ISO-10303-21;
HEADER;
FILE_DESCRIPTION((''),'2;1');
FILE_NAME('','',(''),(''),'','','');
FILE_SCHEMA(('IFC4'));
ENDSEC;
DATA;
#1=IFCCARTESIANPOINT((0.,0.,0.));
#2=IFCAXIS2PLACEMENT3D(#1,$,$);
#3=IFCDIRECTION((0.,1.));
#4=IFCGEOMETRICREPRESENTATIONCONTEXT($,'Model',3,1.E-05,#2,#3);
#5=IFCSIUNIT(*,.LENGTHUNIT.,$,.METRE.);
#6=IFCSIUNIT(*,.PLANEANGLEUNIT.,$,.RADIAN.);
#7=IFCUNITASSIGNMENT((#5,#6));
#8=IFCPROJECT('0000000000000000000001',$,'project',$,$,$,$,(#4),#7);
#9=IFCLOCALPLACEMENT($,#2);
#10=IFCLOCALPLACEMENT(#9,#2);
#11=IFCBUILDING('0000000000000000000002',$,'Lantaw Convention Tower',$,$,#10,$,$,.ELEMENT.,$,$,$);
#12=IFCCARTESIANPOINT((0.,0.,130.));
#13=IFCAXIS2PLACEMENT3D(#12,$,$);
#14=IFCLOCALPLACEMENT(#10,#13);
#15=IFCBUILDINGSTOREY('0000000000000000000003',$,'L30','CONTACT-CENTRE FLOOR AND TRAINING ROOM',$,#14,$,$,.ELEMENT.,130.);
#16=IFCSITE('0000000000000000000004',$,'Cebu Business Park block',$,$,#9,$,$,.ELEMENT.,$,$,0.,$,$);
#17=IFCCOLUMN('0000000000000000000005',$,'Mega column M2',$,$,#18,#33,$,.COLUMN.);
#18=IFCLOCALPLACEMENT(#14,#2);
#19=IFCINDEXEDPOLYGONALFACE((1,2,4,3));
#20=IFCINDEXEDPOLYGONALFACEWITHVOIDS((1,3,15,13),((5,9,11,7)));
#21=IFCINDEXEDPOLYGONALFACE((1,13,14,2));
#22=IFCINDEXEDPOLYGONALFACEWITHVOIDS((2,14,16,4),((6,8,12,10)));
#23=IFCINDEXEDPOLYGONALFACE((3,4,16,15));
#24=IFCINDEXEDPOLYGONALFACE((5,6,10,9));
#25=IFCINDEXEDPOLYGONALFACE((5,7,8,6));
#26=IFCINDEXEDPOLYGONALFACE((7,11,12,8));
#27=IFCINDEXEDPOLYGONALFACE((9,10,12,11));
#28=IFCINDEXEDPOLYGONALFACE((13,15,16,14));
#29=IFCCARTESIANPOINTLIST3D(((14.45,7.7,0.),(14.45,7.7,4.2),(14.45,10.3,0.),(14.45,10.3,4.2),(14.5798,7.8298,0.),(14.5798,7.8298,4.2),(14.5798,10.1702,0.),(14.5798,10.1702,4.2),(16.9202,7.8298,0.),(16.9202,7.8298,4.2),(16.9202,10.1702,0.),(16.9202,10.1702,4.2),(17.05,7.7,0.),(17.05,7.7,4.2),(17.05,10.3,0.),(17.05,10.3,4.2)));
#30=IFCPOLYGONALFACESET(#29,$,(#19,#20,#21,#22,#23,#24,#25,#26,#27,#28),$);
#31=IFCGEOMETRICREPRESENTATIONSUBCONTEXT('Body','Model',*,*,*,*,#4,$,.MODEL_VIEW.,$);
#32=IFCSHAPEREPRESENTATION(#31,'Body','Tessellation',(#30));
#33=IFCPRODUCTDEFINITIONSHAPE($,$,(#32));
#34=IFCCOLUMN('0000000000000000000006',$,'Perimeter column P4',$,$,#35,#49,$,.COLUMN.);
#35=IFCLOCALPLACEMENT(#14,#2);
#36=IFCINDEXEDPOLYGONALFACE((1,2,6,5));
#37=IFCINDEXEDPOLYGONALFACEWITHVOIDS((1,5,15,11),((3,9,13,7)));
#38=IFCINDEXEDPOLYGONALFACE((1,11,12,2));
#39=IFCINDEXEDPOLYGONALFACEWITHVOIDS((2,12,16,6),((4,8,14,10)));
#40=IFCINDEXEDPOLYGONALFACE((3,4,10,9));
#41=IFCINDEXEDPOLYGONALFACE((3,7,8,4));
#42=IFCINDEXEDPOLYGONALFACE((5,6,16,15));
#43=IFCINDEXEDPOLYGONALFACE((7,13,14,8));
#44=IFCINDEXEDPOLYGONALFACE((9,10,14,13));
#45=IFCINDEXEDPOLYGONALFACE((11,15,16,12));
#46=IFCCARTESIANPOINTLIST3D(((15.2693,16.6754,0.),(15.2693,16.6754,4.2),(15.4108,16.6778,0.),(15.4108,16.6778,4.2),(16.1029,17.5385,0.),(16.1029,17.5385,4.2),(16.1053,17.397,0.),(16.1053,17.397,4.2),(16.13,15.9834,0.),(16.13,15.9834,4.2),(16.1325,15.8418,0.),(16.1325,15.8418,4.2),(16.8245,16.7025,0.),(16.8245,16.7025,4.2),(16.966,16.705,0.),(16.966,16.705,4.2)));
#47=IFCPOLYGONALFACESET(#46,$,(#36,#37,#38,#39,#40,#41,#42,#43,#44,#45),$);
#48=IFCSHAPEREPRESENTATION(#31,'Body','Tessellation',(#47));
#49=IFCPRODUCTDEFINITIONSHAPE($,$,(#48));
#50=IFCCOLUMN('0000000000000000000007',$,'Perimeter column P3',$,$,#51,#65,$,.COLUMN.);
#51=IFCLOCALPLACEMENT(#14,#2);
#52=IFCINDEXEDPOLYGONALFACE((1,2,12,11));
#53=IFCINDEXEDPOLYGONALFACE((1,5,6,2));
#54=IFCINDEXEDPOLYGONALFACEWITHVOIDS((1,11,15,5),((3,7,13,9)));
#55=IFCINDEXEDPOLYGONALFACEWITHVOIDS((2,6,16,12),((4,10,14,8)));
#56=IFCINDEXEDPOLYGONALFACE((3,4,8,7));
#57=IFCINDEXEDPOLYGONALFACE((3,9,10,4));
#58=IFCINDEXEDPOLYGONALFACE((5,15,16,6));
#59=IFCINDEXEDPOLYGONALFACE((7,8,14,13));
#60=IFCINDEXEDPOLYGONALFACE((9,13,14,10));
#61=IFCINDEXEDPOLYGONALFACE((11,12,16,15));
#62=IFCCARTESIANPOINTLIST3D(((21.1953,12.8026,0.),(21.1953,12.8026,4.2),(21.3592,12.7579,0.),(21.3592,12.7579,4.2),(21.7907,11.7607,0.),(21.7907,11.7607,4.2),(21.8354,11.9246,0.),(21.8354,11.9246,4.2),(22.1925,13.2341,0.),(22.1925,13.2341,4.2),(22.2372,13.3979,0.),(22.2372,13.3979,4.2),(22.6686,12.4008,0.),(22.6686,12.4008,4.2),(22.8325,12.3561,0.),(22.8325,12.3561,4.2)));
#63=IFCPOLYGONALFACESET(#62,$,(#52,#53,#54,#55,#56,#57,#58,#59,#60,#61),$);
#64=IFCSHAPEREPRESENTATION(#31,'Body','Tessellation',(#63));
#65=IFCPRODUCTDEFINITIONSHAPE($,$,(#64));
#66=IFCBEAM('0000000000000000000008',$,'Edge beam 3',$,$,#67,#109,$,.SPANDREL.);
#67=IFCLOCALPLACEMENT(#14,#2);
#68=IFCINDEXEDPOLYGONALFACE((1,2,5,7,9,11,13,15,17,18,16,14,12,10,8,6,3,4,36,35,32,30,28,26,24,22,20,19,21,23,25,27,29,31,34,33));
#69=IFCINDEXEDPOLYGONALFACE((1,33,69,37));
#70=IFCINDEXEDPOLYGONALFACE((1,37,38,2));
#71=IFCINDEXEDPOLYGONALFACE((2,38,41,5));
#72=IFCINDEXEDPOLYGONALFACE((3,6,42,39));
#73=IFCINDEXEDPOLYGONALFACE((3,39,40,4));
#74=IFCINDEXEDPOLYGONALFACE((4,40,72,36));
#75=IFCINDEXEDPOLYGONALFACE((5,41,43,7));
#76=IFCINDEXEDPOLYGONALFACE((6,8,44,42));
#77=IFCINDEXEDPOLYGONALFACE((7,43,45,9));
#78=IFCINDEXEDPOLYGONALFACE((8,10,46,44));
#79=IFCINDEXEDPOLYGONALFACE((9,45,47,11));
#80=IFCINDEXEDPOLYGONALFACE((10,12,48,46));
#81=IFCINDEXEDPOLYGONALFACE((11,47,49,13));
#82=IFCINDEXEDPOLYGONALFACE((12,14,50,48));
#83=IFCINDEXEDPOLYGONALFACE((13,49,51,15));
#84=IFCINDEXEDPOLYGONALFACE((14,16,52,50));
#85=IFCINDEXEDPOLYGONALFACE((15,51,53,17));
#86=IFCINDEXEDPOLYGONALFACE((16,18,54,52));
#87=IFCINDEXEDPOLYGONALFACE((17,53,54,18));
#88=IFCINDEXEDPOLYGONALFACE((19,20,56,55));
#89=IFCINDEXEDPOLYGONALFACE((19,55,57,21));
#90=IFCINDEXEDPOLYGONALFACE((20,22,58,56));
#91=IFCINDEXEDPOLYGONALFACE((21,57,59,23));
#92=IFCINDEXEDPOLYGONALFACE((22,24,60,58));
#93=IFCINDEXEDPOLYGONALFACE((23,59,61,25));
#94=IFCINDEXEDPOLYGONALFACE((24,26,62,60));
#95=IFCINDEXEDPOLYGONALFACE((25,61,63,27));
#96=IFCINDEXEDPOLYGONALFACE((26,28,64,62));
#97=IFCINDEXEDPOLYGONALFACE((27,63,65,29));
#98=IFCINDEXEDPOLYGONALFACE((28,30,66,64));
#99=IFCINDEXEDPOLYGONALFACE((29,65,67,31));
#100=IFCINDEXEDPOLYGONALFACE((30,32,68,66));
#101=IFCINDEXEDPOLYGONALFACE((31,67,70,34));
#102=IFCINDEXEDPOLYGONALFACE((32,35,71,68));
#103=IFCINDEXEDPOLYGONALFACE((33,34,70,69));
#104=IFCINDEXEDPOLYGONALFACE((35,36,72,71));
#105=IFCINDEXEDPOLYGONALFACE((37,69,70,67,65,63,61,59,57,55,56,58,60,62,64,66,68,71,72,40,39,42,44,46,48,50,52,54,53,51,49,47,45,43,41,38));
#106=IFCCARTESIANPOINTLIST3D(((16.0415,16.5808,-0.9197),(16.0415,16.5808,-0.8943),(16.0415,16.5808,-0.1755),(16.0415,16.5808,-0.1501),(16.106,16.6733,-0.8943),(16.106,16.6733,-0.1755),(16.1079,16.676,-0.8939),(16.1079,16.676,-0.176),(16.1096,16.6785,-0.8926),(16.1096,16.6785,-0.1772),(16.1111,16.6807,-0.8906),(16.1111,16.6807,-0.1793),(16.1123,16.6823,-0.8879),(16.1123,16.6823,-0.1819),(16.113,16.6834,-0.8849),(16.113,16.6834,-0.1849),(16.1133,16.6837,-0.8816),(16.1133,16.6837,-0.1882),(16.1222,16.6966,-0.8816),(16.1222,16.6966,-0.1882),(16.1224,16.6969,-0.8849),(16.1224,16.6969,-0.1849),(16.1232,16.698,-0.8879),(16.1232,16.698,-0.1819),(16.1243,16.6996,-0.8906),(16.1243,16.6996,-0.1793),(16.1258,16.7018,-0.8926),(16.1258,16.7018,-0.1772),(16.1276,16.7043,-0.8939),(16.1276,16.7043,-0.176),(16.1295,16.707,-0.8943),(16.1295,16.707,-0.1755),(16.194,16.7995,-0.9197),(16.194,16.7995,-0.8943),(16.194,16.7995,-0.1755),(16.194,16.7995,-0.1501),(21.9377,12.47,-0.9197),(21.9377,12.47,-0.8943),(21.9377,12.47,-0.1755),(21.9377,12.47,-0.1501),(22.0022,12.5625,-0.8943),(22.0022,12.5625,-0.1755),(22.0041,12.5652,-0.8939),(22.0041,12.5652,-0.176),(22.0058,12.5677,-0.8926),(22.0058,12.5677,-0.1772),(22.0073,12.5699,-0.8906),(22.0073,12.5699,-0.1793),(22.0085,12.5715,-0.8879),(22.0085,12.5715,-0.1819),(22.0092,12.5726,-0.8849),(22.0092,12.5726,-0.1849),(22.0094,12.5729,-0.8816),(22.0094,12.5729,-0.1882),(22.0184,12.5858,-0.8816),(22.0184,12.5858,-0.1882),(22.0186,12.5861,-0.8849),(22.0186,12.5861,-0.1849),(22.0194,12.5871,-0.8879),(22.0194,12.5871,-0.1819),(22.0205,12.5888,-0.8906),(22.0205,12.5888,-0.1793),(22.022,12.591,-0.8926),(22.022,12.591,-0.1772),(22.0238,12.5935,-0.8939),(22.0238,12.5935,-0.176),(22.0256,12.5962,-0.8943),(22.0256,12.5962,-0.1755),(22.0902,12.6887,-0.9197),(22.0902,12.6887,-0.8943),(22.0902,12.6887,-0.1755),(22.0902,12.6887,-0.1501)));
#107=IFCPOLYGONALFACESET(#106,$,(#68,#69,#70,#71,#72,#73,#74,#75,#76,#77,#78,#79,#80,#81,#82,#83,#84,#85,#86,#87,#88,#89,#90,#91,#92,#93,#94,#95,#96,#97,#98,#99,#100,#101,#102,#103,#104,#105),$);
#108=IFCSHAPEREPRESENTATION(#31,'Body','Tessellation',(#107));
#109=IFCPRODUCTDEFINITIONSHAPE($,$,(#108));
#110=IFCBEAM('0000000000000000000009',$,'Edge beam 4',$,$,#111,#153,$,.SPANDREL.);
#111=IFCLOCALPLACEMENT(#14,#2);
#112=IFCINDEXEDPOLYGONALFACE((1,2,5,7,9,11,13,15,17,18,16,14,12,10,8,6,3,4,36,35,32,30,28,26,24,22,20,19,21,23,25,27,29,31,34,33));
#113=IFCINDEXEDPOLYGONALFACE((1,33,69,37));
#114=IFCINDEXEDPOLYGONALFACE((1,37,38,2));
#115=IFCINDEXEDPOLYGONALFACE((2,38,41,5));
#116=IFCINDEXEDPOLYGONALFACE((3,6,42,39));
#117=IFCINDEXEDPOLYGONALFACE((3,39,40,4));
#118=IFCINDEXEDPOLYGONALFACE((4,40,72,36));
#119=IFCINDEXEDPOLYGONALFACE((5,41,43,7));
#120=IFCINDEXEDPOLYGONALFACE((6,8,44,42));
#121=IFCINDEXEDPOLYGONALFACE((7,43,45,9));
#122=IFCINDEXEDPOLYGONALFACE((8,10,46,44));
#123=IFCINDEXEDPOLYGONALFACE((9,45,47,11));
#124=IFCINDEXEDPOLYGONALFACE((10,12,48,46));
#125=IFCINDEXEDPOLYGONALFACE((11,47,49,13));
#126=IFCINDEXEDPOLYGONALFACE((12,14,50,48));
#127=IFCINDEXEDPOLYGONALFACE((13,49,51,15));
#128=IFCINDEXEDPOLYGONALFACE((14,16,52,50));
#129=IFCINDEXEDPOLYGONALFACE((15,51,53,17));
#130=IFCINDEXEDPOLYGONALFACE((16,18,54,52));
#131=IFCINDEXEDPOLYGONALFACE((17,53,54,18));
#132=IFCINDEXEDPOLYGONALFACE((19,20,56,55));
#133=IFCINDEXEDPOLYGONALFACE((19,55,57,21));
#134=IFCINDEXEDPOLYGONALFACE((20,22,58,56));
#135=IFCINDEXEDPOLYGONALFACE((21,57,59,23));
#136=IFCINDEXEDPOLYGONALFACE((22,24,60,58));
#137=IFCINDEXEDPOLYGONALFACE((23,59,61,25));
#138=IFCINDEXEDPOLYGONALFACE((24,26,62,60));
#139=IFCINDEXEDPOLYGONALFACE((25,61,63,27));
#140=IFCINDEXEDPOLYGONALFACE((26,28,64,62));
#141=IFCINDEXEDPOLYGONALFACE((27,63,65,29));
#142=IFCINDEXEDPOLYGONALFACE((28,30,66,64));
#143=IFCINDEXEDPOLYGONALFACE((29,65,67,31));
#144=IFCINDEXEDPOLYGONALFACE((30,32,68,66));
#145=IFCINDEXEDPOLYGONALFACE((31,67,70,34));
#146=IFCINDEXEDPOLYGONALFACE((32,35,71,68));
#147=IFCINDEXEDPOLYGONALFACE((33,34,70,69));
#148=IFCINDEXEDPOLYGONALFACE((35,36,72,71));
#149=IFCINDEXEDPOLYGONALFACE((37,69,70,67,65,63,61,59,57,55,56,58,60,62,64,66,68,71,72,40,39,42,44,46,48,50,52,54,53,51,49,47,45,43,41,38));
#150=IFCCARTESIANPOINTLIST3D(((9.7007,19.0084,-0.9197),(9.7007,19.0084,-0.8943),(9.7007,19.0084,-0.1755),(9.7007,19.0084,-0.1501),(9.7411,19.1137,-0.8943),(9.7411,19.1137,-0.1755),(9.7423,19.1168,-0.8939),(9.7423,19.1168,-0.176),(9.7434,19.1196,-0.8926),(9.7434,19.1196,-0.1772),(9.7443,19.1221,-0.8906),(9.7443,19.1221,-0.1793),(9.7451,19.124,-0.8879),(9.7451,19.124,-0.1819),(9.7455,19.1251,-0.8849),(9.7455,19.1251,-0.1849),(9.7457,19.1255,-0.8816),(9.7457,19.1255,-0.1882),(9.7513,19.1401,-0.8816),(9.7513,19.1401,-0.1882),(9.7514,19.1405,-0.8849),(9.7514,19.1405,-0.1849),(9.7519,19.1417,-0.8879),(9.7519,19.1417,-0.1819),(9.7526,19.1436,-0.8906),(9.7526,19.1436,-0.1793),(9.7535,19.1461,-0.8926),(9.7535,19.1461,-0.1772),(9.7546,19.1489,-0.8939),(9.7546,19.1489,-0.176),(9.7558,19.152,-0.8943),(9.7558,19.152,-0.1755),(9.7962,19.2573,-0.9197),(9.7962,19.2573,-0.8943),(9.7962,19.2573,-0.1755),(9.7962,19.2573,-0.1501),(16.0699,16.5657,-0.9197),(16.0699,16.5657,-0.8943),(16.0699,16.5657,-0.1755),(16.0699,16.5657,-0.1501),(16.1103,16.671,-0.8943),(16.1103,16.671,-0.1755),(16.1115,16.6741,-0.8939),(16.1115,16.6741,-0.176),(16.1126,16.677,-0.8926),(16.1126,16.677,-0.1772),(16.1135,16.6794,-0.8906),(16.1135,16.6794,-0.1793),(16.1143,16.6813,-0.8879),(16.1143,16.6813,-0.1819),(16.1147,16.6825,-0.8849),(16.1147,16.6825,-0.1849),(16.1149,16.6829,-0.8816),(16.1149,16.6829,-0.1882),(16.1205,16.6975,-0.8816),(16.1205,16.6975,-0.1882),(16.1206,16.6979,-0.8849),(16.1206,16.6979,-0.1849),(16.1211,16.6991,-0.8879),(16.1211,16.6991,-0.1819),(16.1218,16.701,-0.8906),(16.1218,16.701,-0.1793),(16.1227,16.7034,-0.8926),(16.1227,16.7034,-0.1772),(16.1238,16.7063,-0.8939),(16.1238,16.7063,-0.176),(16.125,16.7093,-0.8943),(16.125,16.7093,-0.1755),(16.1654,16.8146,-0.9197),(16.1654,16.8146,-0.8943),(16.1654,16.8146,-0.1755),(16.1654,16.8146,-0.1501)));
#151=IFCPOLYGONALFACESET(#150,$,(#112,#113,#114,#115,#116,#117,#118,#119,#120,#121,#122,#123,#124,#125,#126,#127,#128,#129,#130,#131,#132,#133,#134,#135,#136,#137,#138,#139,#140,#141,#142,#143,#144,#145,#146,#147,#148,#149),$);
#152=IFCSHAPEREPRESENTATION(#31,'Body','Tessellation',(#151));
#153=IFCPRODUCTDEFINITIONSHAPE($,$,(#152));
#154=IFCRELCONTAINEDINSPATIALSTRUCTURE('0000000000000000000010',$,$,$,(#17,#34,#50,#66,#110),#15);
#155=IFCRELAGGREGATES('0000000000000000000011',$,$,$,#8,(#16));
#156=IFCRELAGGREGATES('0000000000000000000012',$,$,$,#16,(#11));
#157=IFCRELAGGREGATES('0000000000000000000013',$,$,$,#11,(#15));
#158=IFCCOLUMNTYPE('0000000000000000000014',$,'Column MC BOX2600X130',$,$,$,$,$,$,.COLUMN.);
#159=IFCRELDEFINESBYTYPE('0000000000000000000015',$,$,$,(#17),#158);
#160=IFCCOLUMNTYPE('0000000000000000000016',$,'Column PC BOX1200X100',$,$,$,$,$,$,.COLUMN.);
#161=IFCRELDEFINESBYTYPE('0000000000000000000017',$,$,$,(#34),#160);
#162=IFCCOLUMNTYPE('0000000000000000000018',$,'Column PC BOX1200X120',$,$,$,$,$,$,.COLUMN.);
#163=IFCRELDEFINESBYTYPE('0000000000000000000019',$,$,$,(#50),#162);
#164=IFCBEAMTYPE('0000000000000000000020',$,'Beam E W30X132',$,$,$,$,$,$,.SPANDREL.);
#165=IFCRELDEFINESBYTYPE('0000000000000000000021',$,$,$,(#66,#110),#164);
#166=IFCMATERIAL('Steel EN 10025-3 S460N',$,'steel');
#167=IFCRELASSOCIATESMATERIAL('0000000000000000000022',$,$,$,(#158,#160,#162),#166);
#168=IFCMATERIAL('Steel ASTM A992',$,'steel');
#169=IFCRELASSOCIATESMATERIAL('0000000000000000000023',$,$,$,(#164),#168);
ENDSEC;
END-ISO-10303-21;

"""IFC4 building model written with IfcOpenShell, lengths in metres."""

from ifc_helpers import new_model, si_unit, direction, frame, origin, origin_2d, place, context, subcontext, project, spatial, rectangle, hollow_rectangle, i_section, extrude, material, material_profile, profile_set, type_object, element, save


model = new_model("IFC4")

# Units and contexts
model_context = context("Model", 3, precision=1e-05, world=origin(), true_north=direction((0.0, 1.0)))
body_context = subcontext(model_context, "Body", "Model", "MODEL_VIEW")
ifc_project = project(units=[si_unit("LENGTHUNIT", "METRE"), si_unit("PLANEANGLEUNIT", "RADIAN")], contexts=[model_context])

# Site, building, storey
site_placement = place(None, origin())
site = spatial("IfcSite", under=ifc_project, at=site_placement, Name="Cebu Business Park block", CompositionType="ELEMENT", RefElevation=0.0)
building_placement = place(site_placement, origin())
building = spatial("IfcBuilding", under=site, at=building_placement, Name="Lantaw Convention Tower", CompositionType="ELEMENT")
storey_placement = place(building_placement, frame((0.0, 0.0, 130.0)))
storey = spatial("IfcBuildingStorey", under=building, at=storey_placement, Name="L30", Description="CONTACT-CENTRE FLOOR AND TRAINING ROOM", CompositionType="ELEMENT", Elevation=130.0)

# Columns
ifc_material_1 = material(Name="Steel EN 10025-3 S460N", Category="steel")
ifc_material_profile_1 = material_profile(ifc_material_1, hollow_rectangle(XDim=2.6001, YDim=2.6001, WallThickness=0.1299, at=origin_2d()), Name="BOX2600X130")
ifc_material_2 = material(Name="Concrete C60/75", Category="concrete")
ifc_material_profile_2 = material_profile(ifc_material_2, rectangle(XDim=2.3401, YDim=2.3401, at=origin_2d()), Name="Concrete fill of BOX2600X130")
ifc_profile_set_1 = profile_set([ifc_material_profile_1, ifc_material_profile_2], Name="Steel EN 10025-3 S460N")
column_type_1 = type_object("IfcColumnType", Name="Column MC BOX2600X130", PredefinedType="COLUMN", material=ifc_profile_set_1)
column_1_placement = place(storey_placement, frame((15.75, 9.0, 0.0), z_axis=(0.0, 0.0, 1.0), x_axis=(1.0, 0.0, 0.0)))
element("IfcColumn", 1, at=column_1_placement, inside=storey, type_object=column_type_1, Name="Mega column M2", PredefinedType="COLUMN", context=body_context, shape_type="SweptSolid", body=[
    extrude(hollow_rectangle(XDim=2.6001, YDim=2.6001, WallThickness=0.1299, at=origin_2d()), origin(), (0.0, 0.0, 1.0), 4.2),
])
ifc_material_profile_3 = material_profile(ifc_material_1, hollow_rectangle(XDim=1.2, YDim=1.2, WallThickness=0.1001, at=origin_2d()), Name="BOX1200X100")
ifc_material_profile_4 = material_profile(ifc_material_2, rectangle(XDim=1.0, YDim=1.0, at=origin_2d()), Name="Concrete fill of BOX1200X100")
ifc_profile_set_2 = profile_set([ifc_material_profile_3, ifc_material_profile_4], Name="Steel EN 10025-3 S460N")
column_type_2 = type_object("IfcColumnType", Name="Column PC BOX1200X100", PredefinedType="COLUMN", material=ifc_profile_set_2)
column_2_placement = place(storey_placement, frame((16.1177, 16.6902, 0.0), z_axis=(0.0, 0.0, 1.0), x_axis=(0.694658, 0.71934, 0.0)))
element("IfcColumn", 2, at=column_2_placement, inside=storey, type_object=column_type_2, Name="Perimeter column P4", PredefinedType="COLUMN", context=body_context, shape_type="SweptSolid", body=[
    extrude(hollow_rectangle(XDim=1.2, YDim=1.2, WallThickness=0.1001, at=origin_2d()), origin(), (0.0, 0.0, 1.0), 4.2),
])
ifc_material_profile_5 = material_profile(ifc_material_1, hollow_rectangle(XDim=1.2, YDim=1.2, WallThickness=0.1201, at=origin_2d()), Name="BOX1200X120")
ifc_material_profile_6 = material_profile(ifc_material_2, rectangle(XDim=0.96, YDim=0.96, at=origin_2d()), Name="Concrete fill of BOX1200X120")
ifc_profile_set_3 = profile_set([ifc_material_profile_5, ifc_material_profile_6], Name="Steel EN 10025-3 S460N")
column_type_3 = type_object("IfcColumnType", Name="Column PC BOX1200X120", PredefinedType="COLUMN", material=ifc_profile_set_3)
column_3_placement = place(storey_placement, frame((22.0139, 12.5793, 0.0), z_axis=(0.0, 0.0, 1.0), x_axis=(0.868243, 0.496139, 0.0)))
element("IfcColumn", 3, at=column_3_placement, inside=storey, type_object=column_type_3, Name="Perimeter column P3", PredefinedType="COLUMN", context=body_context, shape_type="SweptSolid", body=[
    extrude(hollow_rectangle(XDim=1.2, YDim=1.2, WallThickness=0.1201, at=origin_2d()), origin(), (0.0, 0.0, 1.0), 4.2),
])

# Beams
ifc_material_3 = material(Name="Steel ASTM A992", Category="steel")
ifc_material_profile_7 = material_profile(ifc_material_3, i_section(OverallWidth=0.2666, OverallDepth=0.7695, WebThickness=0.0156, FlangeThickness=0.0254, FilletRadius=0.0127, at=origin_2d()), Name="W30X132")
ifc_profile_set_4 = profile_set([ifc_material_profile_7], Name="Steel ASTM A992")
beam_type_1 = type_object("IfcBeamType", Name="Beam E W30X132", PredefinedType="SPANDREL", material=ifc_profile_set_4)
beam_1_placement = place(storey_placement, frame((22.0139, 12.5793, -0.5349), z_axis=(-0.820311, 0.571918, 0.0), x_axis=(-0.571918, -0.820311, 0.0)))
element("IfcBeam", 4, at=beam_1_placement, inside=storey, type_object=beam_type_1, Name="Edge beam 3", PredefinedType="SPANDREL", context=body_context, shape_type="SweptSolid", body=[
    extrude(i_section(OverallWidth=0.2666, OverallDepth=0.7695, WebThickness=0.0156, FlangeThickness=0.0254, FilletRadius=0.0127, at=origin_2d()), origin(), (0.0, 0.0, 1.0), 7.1877),
])
beam_2_placement = place(storey_placement, frame((16.1177, 16.6902, -0.5349), z_axis=(-0.933691, 0.35808, 0.0), x_axis=(-0.35808, -0.933691, 0.0)))
element("IfcBeam", 5, at=beam_2_placement, inside=storey, type_object=beam_type_1, Name="Edge beam 4", PredefinedType="SPANDREL", context=body_context, shape_type="SweptSolid", body=[
    extrude(i_section(OverallWidth=0.2666, OverallDepth=0.7695, WebThickness=0.0156, FlangeThickness=0.0254, FilletRadius=0.0127, at=origin_2d()), origin(), (0.0, 0.0, 1.0), 6.8215),
])

save(model, "model.ifc")
